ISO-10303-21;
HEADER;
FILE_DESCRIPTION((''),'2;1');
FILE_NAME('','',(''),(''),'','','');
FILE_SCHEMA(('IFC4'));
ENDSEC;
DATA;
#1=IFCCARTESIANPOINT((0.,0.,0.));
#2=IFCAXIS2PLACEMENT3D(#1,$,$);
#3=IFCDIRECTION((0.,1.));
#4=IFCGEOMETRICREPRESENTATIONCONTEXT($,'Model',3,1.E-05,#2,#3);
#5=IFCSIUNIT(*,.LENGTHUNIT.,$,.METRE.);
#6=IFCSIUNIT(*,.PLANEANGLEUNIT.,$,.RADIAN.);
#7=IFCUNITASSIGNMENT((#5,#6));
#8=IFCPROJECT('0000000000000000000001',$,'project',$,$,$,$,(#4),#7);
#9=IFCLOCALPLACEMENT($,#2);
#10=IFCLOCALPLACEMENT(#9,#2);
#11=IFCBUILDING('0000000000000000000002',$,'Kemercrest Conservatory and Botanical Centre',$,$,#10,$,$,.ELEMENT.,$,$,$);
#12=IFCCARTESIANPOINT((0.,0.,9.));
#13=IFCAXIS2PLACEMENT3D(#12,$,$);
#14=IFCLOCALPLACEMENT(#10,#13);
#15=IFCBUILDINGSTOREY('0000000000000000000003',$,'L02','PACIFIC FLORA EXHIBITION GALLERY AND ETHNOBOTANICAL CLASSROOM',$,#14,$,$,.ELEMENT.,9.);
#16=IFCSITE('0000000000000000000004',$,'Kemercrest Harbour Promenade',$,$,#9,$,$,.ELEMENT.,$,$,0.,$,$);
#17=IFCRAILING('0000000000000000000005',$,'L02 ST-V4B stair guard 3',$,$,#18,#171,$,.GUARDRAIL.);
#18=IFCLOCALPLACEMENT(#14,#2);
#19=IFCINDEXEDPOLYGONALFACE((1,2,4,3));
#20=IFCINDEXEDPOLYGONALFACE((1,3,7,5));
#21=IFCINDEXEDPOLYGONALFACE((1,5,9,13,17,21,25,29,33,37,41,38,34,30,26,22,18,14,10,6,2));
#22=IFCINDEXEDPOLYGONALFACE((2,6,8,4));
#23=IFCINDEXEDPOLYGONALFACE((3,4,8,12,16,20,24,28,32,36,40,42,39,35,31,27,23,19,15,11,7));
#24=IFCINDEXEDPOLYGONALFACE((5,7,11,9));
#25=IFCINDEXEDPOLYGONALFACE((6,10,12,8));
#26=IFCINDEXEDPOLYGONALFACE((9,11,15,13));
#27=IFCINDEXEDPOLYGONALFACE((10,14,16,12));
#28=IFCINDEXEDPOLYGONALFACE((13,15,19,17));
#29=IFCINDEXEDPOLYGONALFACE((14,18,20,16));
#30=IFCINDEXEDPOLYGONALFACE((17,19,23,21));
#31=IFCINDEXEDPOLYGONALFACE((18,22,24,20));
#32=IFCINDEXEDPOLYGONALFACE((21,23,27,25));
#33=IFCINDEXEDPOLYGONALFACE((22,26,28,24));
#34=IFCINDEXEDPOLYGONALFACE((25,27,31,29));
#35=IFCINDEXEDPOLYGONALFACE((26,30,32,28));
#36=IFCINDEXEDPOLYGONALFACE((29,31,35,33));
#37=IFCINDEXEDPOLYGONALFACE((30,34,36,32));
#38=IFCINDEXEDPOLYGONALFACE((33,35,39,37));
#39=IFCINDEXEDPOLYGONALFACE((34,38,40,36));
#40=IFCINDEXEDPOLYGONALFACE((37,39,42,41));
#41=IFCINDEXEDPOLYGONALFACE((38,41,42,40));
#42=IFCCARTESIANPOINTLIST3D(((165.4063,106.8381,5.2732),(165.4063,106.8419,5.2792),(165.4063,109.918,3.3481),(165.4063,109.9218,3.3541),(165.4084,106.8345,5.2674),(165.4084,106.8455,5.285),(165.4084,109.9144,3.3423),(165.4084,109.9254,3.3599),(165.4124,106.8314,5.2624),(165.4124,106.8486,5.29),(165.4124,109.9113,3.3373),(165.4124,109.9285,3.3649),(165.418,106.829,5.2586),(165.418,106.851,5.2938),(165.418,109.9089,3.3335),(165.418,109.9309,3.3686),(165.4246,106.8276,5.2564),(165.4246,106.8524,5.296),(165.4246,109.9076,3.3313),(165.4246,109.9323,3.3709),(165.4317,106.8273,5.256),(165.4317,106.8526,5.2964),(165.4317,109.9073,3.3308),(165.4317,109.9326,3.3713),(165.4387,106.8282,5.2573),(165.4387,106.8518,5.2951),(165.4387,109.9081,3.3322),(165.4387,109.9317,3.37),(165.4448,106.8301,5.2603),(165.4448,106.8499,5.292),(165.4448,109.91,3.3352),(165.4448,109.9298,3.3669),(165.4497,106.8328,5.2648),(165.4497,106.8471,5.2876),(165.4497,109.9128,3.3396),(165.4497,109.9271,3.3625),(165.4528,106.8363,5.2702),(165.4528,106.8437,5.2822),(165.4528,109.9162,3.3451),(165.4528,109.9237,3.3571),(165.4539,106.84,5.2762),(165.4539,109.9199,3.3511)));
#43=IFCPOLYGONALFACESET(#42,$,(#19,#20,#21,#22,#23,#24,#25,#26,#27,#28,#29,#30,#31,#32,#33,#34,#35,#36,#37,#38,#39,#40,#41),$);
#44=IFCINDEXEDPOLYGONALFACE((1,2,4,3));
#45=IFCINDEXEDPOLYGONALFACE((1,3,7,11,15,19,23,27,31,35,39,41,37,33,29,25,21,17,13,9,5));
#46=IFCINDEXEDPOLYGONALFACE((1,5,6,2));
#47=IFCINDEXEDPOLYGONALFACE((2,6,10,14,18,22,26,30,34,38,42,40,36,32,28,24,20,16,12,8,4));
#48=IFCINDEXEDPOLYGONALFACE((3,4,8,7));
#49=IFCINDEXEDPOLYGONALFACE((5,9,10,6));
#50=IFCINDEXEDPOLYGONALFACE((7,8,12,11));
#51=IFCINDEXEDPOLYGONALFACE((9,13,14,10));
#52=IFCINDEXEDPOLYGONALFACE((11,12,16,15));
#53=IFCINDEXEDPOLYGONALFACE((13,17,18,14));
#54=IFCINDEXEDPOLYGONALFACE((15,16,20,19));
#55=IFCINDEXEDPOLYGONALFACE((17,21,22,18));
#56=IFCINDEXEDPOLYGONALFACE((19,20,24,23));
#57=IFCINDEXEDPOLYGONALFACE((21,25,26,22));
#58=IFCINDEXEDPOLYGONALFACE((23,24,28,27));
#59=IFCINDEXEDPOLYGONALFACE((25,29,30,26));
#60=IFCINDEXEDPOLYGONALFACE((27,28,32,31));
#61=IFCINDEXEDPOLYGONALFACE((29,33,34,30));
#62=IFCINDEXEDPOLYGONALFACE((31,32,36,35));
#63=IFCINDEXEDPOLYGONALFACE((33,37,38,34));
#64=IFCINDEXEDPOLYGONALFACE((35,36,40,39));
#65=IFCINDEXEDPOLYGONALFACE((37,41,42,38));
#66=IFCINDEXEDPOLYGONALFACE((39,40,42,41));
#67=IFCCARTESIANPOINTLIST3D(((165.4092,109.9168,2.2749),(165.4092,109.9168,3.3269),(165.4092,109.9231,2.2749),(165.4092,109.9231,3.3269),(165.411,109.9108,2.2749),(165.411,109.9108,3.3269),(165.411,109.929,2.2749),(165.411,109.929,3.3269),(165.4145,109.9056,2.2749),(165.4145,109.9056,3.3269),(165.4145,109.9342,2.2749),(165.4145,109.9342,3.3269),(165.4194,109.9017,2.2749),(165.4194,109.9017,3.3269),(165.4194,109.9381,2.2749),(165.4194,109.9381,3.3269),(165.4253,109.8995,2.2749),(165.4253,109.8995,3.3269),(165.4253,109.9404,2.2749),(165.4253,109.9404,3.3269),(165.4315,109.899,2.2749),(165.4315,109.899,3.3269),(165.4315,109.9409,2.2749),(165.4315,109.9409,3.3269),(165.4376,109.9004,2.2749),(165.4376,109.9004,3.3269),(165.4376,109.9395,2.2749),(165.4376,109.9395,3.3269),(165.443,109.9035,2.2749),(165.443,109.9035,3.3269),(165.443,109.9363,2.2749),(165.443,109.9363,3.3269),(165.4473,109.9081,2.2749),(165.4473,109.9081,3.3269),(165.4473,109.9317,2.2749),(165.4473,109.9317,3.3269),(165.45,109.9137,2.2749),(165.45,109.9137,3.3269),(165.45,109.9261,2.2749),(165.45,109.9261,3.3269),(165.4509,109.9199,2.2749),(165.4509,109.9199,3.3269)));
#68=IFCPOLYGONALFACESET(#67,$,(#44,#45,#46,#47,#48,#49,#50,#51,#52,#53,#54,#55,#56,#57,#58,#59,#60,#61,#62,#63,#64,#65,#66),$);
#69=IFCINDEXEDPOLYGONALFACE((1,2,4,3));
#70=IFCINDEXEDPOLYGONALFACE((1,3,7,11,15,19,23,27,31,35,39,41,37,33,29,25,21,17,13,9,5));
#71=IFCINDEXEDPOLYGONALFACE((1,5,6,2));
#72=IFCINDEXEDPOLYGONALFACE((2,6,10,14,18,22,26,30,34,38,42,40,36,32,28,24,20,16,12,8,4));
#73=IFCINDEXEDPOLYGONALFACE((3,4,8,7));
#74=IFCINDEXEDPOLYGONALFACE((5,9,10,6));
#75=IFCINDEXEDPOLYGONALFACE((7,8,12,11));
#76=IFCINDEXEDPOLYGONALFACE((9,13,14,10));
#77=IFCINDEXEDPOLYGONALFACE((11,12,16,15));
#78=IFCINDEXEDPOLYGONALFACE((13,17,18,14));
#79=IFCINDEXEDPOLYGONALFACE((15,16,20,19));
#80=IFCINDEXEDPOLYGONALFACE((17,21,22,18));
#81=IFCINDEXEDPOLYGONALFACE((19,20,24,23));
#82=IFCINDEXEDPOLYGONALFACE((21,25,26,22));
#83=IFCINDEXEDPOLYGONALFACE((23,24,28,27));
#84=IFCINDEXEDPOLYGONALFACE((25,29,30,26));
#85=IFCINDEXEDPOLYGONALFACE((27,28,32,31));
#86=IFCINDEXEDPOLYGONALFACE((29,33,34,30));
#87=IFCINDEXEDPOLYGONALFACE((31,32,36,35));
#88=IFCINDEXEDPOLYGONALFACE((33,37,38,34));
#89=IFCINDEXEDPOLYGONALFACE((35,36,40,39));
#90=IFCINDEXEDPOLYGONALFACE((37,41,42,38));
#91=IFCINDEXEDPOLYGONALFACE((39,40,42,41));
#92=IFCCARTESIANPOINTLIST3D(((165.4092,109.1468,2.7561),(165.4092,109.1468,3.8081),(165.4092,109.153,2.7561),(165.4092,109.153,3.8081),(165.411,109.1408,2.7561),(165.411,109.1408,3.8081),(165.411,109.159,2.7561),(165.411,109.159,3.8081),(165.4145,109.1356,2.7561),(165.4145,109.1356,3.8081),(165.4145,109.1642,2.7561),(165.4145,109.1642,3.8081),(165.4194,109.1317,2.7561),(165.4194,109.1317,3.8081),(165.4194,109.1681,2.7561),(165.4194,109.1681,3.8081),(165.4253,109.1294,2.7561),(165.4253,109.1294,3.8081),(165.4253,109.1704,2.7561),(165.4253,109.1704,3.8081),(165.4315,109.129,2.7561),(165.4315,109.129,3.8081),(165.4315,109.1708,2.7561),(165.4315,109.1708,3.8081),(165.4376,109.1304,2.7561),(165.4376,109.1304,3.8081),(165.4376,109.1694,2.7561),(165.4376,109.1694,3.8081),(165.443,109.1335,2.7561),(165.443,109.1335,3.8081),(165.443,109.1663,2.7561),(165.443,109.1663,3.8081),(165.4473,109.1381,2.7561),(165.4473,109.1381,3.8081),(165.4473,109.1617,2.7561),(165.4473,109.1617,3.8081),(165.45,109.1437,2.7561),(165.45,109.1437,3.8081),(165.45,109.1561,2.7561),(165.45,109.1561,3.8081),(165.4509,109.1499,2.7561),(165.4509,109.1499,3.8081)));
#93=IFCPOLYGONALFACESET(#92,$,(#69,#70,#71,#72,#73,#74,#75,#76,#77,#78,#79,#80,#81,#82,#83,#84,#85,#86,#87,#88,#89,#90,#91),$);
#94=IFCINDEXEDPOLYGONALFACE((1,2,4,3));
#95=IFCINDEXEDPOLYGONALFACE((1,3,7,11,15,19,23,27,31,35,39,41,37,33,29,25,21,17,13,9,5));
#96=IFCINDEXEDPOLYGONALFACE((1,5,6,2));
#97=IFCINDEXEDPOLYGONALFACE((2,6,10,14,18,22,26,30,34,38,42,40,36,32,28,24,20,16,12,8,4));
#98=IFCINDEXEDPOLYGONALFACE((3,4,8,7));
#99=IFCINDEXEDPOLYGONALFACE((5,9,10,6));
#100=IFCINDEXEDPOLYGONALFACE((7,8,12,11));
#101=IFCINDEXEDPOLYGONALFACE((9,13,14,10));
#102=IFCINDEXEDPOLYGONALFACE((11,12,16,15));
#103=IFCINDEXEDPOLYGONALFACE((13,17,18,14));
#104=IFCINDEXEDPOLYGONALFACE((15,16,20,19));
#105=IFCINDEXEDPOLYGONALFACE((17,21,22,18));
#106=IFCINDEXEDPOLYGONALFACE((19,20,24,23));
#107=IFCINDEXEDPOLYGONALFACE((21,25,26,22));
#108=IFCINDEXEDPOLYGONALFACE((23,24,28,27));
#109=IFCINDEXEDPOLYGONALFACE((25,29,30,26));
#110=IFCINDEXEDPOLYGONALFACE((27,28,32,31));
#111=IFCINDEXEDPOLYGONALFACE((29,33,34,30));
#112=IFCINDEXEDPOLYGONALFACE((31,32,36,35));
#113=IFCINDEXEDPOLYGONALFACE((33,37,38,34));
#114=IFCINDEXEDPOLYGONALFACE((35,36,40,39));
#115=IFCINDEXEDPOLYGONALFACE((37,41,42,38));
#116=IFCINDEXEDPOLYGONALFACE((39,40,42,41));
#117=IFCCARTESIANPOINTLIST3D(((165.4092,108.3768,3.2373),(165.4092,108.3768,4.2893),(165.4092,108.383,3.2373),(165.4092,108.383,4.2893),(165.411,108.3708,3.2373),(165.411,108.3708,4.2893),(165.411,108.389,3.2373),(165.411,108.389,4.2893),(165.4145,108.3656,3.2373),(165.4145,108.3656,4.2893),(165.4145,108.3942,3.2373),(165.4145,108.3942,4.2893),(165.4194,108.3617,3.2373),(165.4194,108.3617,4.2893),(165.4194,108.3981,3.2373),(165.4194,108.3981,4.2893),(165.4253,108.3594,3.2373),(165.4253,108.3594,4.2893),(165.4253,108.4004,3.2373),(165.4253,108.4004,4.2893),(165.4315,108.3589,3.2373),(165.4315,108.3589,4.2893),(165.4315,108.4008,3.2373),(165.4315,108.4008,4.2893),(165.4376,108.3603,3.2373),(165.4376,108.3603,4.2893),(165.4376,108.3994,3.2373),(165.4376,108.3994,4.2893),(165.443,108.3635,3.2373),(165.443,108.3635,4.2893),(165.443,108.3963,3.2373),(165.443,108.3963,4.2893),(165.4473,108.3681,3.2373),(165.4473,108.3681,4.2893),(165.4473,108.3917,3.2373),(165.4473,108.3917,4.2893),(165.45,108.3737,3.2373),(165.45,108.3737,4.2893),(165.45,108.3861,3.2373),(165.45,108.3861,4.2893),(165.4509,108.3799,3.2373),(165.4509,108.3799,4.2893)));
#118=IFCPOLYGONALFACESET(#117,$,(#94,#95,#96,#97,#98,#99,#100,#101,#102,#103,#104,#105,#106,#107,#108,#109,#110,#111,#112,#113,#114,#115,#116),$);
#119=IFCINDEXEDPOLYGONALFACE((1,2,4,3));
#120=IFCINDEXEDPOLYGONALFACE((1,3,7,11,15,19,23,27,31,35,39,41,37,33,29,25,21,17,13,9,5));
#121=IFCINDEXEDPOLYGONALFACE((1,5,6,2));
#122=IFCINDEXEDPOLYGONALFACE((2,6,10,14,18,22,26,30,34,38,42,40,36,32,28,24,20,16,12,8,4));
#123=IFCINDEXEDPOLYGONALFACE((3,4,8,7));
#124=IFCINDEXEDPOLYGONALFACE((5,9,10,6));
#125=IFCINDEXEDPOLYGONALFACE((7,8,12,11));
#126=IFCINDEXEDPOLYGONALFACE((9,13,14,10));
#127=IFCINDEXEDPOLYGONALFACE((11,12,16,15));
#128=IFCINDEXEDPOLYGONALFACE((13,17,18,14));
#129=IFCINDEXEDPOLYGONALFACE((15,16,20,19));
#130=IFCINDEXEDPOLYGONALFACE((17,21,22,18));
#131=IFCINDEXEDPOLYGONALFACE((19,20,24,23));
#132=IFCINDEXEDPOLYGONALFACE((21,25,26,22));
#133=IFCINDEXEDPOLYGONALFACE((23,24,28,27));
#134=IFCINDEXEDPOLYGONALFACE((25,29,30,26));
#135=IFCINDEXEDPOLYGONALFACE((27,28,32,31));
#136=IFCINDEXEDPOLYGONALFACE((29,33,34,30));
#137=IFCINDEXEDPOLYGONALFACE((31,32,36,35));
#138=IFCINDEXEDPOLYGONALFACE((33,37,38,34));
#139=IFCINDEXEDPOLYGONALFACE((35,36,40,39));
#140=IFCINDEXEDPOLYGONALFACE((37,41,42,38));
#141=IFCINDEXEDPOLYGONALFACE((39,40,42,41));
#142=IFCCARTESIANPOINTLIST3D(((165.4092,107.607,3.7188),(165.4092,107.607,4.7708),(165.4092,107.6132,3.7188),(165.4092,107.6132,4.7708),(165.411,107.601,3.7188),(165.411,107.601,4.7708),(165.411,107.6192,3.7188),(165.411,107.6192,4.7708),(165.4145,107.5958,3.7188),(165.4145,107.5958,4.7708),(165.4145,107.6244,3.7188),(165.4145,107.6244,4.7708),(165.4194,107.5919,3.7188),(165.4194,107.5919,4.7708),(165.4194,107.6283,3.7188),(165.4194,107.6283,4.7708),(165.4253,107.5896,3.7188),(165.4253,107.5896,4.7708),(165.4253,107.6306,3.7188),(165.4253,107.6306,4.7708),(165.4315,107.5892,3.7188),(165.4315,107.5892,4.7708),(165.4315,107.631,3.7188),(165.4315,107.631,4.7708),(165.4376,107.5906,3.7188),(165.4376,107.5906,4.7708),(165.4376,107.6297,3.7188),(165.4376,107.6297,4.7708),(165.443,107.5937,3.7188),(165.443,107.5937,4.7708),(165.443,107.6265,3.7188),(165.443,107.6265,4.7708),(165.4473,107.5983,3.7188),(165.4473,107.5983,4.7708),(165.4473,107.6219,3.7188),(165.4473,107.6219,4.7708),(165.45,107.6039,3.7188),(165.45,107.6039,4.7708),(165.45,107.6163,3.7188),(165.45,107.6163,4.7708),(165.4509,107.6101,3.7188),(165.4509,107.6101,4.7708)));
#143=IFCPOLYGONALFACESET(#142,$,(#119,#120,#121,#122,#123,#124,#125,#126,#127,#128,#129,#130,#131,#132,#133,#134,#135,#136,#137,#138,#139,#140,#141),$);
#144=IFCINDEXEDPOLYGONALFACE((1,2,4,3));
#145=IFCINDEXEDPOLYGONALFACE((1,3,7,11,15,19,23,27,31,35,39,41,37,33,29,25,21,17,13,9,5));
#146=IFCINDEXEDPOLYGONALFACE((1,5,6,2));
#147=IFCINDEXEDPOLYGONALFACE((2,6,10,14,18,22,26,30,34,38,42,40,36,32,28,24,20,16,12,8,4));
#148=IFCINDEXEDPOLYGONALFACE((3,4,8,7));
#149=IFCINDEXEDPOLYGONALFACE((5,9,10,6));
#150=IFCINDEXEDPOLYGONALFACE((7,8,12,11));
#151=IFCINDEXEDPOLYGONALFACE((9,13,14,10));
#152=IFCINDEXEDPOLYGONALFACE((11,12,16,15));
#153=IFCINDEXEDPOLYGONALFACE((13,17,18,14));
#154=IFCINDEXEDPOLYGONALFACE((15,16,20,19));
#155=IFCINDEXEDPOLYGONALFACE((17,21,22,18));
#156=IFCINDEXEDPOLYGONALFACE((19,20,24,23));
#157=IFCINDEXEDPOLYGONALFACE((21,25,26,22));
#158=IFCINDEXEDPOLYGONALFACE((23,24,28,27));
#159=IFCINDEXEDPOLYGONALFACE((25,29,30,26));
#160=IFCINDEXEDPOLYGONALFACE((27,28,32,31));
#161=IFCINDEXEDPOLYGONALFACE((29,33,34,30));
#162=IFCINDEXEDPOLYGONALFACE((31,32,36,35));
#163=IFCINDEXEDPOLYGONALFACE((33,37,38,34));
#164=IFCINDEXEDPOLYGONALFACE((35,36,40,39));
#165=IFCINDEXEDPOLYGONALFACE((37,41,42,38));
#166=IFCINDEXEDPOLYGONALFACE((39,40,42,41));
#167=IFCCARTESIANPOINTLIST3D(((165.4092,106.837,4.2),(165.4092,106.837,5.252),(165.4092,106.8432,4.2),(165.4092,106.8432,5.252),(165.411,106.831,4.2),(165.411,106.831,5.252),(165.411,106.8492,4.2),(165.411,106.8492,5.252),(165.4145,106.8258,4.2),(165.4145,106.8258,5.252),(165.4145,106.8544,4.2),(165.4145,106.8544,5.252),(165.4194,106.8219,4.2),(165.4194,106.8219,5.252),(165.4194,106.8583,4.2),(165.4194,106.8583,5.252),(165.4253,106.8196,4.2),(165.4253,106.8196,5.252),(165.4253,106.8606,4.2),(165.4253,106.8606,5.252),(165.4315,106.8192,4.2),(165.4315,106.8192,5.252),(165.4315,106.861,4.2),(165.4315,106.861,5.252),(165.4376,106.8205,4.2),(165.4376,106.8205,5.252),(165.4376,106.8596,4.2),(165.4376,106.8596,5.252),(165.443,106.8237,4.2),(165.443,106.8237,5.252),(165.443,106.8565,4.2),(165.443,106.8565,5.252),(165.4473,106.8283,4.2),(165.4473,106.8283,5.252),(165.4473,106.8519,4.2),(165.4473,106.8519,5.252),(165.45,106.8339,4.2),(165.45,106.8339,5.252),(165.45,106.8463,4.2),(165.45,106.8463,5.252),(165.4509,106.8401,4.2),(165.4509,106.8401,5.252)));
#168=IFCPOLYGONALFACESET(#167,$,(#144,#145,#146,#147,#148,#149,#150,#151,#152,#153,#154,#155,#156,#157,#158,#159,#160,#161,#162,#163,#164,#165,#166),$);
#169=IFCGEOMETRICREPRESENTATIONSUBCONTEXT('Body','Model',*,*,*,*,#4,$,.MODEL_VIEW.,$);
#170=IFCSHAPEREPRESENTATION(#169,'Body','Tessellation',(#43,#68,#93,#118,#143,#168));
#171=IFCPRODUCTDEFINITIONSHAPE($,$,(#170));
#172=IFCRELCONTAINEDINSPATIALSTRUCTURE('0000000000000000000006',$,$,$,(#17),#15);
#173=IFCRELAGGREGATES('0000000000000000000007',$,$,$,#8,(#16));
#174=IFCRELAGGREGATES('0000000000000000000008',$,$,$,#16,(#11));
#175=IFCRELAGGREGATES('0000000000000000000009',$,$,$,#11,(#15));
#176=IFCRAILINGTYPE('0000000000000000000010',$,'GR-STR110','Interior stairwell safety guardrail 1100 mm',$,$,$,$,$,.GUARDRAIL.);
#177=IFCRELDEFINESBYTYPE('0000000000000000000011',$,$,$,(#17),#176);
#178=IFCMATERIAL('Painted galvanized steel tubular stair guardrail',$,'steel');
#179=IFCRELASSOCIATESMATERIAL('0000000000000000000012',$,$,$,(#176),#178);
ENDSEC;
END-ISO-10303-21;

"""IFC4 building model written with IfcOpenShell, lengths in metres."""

from ifc_helpers import new_model, si_unit, direction, frame, origin, origin_2d, place, context, subcontext, project, spatial, circle, extrude, material, type_object, element, save


model = new_model("IFC4")

# Units and contexts
model_context = context("Model", 3, precision=1e-05, world=origin(), true_north=direction((0.0, 1.0)))
body_context = subcontext(model_context, "Body", "Model", "MODEL_VIEW")
ifc_project = project(units=[si_unit("LENGTHUNIT", "METRE"), si_unit("PLANEANGLEUNIT", "RADIAN")], contexts=[model_context])

# Site, building, storey
site_placement = place(None, origin())
site = spatial("IfcSite", under=ifc_project, at=site_placement, Name="Kemercrest Harbour Promenade", CompositionType="ELEMENT", RefElevation=0.0)
building_placement = place(site_placement, origin())
building = spatial("IfcBuilding", under=site, at=building_placement, Name="Kemercrest Conservatory and Botanical Centre", CompositionType="ELEMENT")
storey_placement = place(building_placement, frame((0.0, 0.0, 9.0)))
storey = spatial("IfcBuildingStorey", under=building, at=storey_placement, Name="L02", Description="PACIFIC FLORA EXHIBITION GALLERY AND ETHNOBOTANICAL CLASSROOM", CompositionType="ELEMENT", Elevation=9.0)

# Railing
ifc_material_1 = material(Name="Painted galvanized steel tubular stair guardrail", Category="steel")
railing_type_1 = type_object("IfcRailingType", Name="GR-STR110", Description="Interior stairwell safety guardrail 1100 mm", PredefinedType="GUARDRAIL", material=ifc_material_1)
railing_1_placement = place(storey_placement, frame((165.4299, 109.9199, 2.2749)))
element("IfcRailing", 1, at=railing_1_placement, inside=storey, type_object=railing_type_1, Name="L02 ST-V4B stair guard 3", PredefinedType="GUARDRAIL", context=body_context, shape_type="SweptSolid", body=[
    extrude(circle(Radius=0.0239, at=origin_2d()), frame((0.0, 0.0, 1.0762), z_axis=(0.0, -0.847979, 0.530029), x_axis=(1.0, 0.0, 0.0)), (0.0, 0.0, 1.0), 3.6321),
    extrude(circle(Radius=0.021, at=origin_2d()), origin(), (0.0, 0.0, 1.0), 1.052),
    extrude(circle(Radius=0.021, at=origin_2d()), frame((0.0, -0.77, 0.4812)), (0.0, 0.0, 1.0), 1.052),
    extrude(circle(Radius=0.021, at=origin_2d()), frame((0.0, -1.54, 0.9624)), (0.0, 0.0, 1.0), 1.052),
    extrude(circle(Radius=0.021, at=origin_2d()), frame((0.0, -2.3098, 1.4438)), (0.0, 0.0, 1.0), 1.052),
    extrude(circle(Radius=0.021, at=origin_2d()), frame((0.0, -3.0798, 1.925)), (0.0, 0.0, 1.0), 1.052),
])

save(model, "model.ifc")
